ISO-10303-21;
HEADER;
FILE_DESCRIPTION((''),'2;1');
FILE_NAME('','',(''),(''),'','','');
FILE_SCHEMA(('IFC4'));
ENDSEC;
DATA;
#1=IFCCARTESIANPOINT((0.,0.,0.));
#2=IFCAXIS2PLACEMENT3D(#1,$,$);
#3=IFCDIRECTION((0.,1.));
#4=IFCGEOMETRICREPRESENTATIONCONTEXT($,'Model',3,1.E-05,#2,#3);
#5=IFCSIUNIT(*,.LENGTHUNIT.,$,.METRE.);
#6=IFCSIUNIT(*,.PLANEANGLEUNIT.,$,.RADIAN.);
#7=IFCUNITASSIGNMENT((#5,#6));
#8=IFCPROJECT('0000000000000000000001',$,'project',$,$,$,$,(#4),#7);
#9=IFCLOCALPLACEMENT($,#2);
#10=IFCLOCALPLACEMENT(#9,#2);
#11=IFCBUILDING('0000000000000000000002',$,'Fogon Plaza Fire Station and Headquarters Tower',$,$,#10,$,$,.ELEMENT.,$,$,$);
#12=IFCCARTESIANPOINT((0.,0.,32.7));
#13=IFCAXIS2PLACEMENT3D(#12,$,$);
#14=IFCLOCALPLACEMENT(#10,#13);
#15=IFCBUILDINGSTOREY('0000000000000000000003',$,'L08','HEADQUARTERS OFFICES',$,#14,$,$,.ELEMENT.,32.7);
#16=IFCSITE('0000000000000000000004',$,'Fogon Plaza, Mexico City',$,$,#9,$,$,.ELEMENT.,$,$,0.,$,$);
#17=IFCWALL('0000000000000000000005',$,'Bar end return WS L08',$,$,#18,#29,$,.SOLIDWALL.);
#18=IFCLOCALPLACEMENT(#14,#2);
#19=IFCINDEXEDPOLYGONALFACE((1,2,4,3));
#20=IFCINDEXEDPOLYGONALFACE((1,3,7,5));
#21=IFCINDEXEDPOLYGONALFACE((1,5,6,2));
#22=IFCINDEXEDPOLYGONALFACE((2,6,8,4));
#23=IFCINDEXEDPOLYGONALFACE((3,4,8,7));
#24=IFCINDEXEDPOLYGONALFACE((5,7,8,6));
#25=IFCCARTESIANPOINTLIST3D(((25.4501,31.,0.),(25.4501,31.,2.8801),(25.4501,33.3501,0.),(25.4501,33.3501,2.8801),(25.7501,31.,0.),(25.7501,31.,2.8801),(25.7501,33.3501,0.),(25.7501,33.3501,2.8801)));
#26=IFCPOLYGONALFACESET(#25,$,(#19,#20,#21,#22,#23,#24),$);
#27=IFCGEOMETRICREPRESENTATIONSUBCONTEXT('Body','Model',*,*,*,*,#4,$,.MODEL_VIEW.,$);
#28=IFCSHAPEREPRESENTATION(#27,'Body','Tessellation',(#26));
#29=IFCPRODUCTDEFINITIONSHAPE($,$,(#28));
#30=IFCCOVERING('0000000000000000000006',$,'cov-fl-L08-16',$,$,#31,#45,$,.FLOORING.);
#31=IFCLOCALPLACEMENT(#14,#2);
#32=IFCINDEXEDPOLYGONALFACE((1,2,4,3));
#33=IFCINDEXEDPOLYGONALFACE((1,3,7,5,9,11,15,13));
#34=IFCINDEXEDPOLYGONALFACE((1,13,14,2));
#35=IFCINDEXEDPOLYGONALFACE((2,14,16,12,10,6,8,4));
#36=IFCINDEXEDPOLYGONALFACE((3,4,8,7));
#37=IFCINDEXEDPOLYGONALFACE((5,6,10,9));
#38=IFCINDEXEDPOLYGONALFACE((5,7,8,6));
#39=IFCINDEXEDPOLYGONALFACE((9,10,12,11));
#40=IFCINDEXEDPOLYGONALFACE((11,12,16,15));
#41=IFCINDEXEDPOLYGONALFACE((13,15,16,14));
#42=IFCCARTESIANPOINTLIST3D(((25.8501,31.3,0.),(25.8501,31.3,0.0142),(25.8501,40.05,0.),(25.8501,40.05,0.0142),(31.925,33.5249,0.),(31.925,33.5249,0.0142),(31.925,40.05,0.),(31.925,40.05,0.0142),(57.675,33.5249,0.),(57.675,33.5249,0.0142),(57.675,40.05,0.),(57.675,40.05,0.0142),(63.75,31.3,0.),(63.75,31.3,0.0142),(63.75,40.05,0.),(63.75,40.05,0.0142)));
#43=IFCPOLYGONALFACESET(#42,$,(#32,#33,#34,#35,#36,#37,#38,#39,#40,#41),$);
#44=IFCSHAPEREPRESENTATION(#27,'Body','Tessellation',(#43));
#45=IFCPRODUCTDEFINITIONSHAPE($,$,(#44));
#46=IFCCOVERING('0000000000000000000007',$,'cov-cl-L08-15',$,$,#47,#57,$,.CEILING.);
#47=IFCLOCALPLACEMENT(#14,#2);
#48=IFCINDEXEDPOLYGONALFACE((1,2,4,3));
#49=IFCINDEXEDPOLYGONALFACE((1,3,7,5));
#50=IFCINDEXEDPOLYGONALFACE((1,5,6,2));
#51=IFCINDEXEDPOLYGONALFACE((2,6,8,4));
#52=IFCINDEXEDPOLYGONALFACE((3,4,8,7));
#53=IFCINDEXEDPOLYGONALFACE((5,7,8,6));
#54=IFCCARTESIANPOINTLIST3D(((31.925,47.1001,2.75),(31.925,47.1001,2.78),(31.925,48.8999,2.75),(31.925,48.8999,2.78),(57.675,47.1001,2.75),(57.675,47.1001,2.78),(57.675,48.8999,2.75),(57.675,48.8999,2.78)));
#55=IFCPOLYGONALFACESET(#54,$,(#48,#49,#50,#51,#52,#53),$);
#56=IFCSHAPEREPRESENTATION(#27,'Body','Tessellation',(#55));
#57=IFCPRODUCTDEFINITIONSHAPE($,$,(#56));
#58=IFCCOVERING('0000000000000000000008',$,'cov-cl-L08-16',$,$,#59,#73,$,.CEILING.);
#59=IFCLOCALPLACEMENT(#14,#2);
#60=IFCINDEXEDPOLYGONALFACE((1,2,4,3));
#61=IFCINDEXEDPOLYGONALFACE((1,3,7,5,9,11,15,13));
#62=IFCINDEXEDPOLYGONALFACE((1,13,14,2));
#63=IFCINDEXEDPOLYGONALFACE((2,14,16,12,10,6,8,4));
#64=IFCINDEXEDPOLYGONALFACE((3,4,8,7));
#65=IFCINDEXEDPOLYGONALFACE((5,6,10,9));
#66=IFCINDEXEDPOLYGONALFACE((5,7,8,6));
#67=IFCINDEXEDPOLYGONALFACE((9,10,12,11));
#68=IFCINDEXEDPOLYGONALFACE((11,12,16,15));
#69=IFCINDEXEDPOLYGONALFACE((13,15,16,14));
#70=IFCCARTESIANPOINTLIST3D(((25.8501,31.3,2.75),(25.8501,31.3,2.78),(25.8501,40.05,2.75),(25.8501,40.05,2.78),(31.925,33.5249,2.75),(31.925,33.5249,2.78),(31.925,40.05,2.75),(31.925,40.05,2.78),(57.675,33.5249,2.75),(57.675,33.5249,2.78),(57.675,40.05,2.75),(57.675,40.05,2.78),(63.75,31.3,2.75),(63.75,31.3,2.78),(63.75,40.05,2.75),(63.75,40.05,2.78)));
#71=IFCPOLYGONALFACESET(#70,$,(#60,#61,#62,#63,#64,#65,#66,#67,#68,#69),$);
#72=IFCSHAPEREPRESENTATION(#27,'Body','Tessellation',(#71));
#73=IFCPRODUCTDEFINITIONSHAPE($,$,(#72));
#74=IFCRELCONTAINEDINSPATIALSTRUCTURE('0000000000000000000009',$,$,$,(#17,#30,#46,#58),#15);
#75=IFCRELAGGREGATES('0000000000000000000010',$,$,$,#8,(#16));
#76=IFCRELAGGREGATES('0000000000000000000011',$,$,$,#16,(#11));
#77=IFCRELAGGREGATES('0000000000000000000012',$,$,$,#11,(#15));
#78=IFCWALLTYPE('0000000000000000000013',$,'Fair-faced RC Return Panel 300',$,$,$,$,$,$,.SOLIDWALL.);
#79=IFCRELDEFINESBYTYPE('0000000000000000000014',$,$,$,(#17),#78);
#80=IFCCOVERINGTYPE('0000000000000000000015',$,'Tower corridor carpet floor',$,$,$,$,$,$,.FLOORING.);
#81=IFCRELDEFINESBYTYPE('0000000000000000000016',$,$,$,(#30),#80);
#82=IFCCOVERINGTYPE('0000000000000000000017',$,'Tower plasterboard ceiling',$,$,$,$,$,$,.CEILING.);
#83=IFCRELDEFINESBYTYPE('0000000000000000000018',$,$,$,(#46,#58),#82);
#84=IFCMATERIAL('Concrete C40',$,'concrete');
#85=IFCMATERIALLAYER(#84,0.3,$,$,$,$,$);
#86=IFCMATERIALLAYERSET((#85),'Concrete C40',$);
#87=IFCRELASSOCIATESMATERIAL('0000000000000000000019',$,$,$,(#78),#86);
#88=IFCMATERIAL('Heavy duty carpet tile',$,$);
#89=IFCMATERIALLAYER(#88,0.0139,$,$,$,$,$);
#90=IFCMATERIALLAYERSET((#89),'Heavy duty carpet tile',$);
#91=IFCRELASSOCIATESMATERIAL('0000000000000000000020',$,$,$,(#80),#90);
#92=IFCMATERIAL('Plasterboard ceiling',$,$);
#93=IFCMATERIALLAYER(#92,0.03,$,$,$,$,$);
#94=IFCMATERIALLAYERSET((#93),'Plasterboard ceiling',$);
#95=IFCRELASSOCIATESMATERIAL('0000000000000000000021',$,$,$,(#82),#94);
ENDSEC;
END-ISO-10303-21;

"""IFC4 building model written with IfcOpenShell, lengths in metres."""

from ifc_helpers import new_model, si_unit, direction, frame, frame_2d, origin, place, context, subcontext, project, spatial, polyline, rectangle, outline, extrude, material, layer, layer_set, type_object, element, save


model = new_model("IFC4")

# Units and contexts
model_context = context("Model", 3, precision=1e-05, world=origin(), true_north=direction((0.0, 1.0)))
body_context = subcontext(model_context, "Body", "Model", "MODEL_VIEW")
ifc_project = project(units=[si_unit("LENGTHUNIT", "METRE"), si_unit("PLANEANGLEUNIT", "RADIAN")], contexts=[model_context])

# Site, building, storey
site_placement = place(None, origin())
site = spatial("IfcSite", under=ifc_project, at=site_placement, Name="Fogon Plaza, Mexico City", CompositionType="ELEMENT", RefElevation=0.0)
building_placement = place(site_placement, origin())
building = spatial("IfcBuilding", under=site, at=building_placement, Name="Fogon Plaza Fire Station and Headquarters Tower", CompositionType="ELEMENT")
storey_placement = place(building_placement, frame((0.0, 0.0, 32.7)))
storey = spatial("IfcBuildingStorey", under=building, at=storey_placement, Name="L08", Description="HEADQUARTERS OFFICES", CompositionType="ELEMENT", Elevation=32.7)

# Wall
ifc_material_1 = material(Name="Concrete C40", Category="concrete")
ifc_layer_1 = layer(ifc_material_1, 0.3)
ifc_layer_set_1 = layer_set([ifc_layer_1], Name="Concrete C40")
wall_type = type_object("IfcWallType", Name="Fair-faced RC Return Panel 300", PredefinedType="SOLIDWALL", material=ifc_layer_set_1)
wall_placement = place(storey_placement, frame((25.6001, 31.0, 0.0), z_axis=(0.0, 0.0, 1.0), x_axis=(0.0, 1.0, 0.0)))
element("IfcWall", 1, at=wall_placement, inside=storey, type_object=wall_type, Name="Bar end return WS L08", PredefinedType="SOLIDWALL", context=body_context, shape_type="SweptSolid", body=[
    extrude(rectangle(XDim=2.3501, YDim=0.3, at=frame_2d((1.175, 0.0))), origin(), (0.0, 0.0, 1.0), 2.8801),
])

# Coverings
ifc_material_2 = material(Name="Heavy duty carpet tile")
ifc_layer_2 = layer(ifc_material_2, 0.0139)
ifc_layer_set_2 = layer_set([ifc_layer_2], Name="Heavy duty carpet tile")
covering_type_1 = type_object("IfcCoveringType", Name="Tower corridor carpet floor", PredefinedType="FLOORING", material=ifc_layer_set_2)
covering_1_placement = place(storey_placement, origin())
element("IfcCovering", 2, at=covering_1_placement, inside=storey, type_object=covering_type_1, Name="cov-fl-L08-16", PredefinedType="FLOORING", context=body_context, shape_type="SweptSolid", body=[
    extrude(outline(polyline([(63.75, 31.3), (63.75, 40.05), (57.675, 40.05), (57.675, 33.5249), (31.925, 33.5249), (31.925, 40.05), (25.8501, 40.05), (25.8501, 31.3), (63.75, 31.3)])), origin(), (0.0, 0.0, 1.0), 0.0142),
])
ifc_material_3 = material(Name="Plasterboard ceiling")
ifc_layer_3 = layer(ifc_material_3, 0.03)
ifc_layer_set_3 = layer_set([ifc_layer_3], Name="Plasterboard ceiling")
covering_type_2 = type_object("IfcCoveringType", Name="Tower plasterboard ceiling", PredefinedType="CEILING", material=ifc_layer_set_3)
covering_2_placement = place(storey_placement, frame((0.0, 0.0, 2.75)))
element("IfcCovering", 3, at=covering_2_placement, inside=storey, type_object=covering_type_2, Name="cov-cl-L08-15", PredefinedType="CEILING", context=body_context, shape_type="SweptSolid", body=[
    extrude(outline(polyline([(57.675, 47.1001), (57.675, 48.8999), (31.925, 48.8999), (31.925, 47.1001), (57.675, 47.1001)])), origin(), (0.0, 0.0, 1.0), 0.03),
])
covering_3_placement = place(storey_placement, frame((0.0, 0.0, 2.75)))
element("IfcCovering", 4, at=covering_3_placement, inside=storey, type_object=covering_type_2, Name="cov-cl-L08-16", PredefinedType="CEILING", context=body_context, shape_type="SweptSolid", body=[
    extrude(outline(polyline([(63.75, 31.3), (63.75, 40.05), (57.675, 40.05), (57.675, 33.5249), (31.925, 33.5249), (31.925, 40.05), (25.8501, 40.05), (25.8501, 31.3), (63.75, 31.3)])), origin(), (0.0, 0.0, 1.0), 0.03),
])

save(model, "model.ifc")
